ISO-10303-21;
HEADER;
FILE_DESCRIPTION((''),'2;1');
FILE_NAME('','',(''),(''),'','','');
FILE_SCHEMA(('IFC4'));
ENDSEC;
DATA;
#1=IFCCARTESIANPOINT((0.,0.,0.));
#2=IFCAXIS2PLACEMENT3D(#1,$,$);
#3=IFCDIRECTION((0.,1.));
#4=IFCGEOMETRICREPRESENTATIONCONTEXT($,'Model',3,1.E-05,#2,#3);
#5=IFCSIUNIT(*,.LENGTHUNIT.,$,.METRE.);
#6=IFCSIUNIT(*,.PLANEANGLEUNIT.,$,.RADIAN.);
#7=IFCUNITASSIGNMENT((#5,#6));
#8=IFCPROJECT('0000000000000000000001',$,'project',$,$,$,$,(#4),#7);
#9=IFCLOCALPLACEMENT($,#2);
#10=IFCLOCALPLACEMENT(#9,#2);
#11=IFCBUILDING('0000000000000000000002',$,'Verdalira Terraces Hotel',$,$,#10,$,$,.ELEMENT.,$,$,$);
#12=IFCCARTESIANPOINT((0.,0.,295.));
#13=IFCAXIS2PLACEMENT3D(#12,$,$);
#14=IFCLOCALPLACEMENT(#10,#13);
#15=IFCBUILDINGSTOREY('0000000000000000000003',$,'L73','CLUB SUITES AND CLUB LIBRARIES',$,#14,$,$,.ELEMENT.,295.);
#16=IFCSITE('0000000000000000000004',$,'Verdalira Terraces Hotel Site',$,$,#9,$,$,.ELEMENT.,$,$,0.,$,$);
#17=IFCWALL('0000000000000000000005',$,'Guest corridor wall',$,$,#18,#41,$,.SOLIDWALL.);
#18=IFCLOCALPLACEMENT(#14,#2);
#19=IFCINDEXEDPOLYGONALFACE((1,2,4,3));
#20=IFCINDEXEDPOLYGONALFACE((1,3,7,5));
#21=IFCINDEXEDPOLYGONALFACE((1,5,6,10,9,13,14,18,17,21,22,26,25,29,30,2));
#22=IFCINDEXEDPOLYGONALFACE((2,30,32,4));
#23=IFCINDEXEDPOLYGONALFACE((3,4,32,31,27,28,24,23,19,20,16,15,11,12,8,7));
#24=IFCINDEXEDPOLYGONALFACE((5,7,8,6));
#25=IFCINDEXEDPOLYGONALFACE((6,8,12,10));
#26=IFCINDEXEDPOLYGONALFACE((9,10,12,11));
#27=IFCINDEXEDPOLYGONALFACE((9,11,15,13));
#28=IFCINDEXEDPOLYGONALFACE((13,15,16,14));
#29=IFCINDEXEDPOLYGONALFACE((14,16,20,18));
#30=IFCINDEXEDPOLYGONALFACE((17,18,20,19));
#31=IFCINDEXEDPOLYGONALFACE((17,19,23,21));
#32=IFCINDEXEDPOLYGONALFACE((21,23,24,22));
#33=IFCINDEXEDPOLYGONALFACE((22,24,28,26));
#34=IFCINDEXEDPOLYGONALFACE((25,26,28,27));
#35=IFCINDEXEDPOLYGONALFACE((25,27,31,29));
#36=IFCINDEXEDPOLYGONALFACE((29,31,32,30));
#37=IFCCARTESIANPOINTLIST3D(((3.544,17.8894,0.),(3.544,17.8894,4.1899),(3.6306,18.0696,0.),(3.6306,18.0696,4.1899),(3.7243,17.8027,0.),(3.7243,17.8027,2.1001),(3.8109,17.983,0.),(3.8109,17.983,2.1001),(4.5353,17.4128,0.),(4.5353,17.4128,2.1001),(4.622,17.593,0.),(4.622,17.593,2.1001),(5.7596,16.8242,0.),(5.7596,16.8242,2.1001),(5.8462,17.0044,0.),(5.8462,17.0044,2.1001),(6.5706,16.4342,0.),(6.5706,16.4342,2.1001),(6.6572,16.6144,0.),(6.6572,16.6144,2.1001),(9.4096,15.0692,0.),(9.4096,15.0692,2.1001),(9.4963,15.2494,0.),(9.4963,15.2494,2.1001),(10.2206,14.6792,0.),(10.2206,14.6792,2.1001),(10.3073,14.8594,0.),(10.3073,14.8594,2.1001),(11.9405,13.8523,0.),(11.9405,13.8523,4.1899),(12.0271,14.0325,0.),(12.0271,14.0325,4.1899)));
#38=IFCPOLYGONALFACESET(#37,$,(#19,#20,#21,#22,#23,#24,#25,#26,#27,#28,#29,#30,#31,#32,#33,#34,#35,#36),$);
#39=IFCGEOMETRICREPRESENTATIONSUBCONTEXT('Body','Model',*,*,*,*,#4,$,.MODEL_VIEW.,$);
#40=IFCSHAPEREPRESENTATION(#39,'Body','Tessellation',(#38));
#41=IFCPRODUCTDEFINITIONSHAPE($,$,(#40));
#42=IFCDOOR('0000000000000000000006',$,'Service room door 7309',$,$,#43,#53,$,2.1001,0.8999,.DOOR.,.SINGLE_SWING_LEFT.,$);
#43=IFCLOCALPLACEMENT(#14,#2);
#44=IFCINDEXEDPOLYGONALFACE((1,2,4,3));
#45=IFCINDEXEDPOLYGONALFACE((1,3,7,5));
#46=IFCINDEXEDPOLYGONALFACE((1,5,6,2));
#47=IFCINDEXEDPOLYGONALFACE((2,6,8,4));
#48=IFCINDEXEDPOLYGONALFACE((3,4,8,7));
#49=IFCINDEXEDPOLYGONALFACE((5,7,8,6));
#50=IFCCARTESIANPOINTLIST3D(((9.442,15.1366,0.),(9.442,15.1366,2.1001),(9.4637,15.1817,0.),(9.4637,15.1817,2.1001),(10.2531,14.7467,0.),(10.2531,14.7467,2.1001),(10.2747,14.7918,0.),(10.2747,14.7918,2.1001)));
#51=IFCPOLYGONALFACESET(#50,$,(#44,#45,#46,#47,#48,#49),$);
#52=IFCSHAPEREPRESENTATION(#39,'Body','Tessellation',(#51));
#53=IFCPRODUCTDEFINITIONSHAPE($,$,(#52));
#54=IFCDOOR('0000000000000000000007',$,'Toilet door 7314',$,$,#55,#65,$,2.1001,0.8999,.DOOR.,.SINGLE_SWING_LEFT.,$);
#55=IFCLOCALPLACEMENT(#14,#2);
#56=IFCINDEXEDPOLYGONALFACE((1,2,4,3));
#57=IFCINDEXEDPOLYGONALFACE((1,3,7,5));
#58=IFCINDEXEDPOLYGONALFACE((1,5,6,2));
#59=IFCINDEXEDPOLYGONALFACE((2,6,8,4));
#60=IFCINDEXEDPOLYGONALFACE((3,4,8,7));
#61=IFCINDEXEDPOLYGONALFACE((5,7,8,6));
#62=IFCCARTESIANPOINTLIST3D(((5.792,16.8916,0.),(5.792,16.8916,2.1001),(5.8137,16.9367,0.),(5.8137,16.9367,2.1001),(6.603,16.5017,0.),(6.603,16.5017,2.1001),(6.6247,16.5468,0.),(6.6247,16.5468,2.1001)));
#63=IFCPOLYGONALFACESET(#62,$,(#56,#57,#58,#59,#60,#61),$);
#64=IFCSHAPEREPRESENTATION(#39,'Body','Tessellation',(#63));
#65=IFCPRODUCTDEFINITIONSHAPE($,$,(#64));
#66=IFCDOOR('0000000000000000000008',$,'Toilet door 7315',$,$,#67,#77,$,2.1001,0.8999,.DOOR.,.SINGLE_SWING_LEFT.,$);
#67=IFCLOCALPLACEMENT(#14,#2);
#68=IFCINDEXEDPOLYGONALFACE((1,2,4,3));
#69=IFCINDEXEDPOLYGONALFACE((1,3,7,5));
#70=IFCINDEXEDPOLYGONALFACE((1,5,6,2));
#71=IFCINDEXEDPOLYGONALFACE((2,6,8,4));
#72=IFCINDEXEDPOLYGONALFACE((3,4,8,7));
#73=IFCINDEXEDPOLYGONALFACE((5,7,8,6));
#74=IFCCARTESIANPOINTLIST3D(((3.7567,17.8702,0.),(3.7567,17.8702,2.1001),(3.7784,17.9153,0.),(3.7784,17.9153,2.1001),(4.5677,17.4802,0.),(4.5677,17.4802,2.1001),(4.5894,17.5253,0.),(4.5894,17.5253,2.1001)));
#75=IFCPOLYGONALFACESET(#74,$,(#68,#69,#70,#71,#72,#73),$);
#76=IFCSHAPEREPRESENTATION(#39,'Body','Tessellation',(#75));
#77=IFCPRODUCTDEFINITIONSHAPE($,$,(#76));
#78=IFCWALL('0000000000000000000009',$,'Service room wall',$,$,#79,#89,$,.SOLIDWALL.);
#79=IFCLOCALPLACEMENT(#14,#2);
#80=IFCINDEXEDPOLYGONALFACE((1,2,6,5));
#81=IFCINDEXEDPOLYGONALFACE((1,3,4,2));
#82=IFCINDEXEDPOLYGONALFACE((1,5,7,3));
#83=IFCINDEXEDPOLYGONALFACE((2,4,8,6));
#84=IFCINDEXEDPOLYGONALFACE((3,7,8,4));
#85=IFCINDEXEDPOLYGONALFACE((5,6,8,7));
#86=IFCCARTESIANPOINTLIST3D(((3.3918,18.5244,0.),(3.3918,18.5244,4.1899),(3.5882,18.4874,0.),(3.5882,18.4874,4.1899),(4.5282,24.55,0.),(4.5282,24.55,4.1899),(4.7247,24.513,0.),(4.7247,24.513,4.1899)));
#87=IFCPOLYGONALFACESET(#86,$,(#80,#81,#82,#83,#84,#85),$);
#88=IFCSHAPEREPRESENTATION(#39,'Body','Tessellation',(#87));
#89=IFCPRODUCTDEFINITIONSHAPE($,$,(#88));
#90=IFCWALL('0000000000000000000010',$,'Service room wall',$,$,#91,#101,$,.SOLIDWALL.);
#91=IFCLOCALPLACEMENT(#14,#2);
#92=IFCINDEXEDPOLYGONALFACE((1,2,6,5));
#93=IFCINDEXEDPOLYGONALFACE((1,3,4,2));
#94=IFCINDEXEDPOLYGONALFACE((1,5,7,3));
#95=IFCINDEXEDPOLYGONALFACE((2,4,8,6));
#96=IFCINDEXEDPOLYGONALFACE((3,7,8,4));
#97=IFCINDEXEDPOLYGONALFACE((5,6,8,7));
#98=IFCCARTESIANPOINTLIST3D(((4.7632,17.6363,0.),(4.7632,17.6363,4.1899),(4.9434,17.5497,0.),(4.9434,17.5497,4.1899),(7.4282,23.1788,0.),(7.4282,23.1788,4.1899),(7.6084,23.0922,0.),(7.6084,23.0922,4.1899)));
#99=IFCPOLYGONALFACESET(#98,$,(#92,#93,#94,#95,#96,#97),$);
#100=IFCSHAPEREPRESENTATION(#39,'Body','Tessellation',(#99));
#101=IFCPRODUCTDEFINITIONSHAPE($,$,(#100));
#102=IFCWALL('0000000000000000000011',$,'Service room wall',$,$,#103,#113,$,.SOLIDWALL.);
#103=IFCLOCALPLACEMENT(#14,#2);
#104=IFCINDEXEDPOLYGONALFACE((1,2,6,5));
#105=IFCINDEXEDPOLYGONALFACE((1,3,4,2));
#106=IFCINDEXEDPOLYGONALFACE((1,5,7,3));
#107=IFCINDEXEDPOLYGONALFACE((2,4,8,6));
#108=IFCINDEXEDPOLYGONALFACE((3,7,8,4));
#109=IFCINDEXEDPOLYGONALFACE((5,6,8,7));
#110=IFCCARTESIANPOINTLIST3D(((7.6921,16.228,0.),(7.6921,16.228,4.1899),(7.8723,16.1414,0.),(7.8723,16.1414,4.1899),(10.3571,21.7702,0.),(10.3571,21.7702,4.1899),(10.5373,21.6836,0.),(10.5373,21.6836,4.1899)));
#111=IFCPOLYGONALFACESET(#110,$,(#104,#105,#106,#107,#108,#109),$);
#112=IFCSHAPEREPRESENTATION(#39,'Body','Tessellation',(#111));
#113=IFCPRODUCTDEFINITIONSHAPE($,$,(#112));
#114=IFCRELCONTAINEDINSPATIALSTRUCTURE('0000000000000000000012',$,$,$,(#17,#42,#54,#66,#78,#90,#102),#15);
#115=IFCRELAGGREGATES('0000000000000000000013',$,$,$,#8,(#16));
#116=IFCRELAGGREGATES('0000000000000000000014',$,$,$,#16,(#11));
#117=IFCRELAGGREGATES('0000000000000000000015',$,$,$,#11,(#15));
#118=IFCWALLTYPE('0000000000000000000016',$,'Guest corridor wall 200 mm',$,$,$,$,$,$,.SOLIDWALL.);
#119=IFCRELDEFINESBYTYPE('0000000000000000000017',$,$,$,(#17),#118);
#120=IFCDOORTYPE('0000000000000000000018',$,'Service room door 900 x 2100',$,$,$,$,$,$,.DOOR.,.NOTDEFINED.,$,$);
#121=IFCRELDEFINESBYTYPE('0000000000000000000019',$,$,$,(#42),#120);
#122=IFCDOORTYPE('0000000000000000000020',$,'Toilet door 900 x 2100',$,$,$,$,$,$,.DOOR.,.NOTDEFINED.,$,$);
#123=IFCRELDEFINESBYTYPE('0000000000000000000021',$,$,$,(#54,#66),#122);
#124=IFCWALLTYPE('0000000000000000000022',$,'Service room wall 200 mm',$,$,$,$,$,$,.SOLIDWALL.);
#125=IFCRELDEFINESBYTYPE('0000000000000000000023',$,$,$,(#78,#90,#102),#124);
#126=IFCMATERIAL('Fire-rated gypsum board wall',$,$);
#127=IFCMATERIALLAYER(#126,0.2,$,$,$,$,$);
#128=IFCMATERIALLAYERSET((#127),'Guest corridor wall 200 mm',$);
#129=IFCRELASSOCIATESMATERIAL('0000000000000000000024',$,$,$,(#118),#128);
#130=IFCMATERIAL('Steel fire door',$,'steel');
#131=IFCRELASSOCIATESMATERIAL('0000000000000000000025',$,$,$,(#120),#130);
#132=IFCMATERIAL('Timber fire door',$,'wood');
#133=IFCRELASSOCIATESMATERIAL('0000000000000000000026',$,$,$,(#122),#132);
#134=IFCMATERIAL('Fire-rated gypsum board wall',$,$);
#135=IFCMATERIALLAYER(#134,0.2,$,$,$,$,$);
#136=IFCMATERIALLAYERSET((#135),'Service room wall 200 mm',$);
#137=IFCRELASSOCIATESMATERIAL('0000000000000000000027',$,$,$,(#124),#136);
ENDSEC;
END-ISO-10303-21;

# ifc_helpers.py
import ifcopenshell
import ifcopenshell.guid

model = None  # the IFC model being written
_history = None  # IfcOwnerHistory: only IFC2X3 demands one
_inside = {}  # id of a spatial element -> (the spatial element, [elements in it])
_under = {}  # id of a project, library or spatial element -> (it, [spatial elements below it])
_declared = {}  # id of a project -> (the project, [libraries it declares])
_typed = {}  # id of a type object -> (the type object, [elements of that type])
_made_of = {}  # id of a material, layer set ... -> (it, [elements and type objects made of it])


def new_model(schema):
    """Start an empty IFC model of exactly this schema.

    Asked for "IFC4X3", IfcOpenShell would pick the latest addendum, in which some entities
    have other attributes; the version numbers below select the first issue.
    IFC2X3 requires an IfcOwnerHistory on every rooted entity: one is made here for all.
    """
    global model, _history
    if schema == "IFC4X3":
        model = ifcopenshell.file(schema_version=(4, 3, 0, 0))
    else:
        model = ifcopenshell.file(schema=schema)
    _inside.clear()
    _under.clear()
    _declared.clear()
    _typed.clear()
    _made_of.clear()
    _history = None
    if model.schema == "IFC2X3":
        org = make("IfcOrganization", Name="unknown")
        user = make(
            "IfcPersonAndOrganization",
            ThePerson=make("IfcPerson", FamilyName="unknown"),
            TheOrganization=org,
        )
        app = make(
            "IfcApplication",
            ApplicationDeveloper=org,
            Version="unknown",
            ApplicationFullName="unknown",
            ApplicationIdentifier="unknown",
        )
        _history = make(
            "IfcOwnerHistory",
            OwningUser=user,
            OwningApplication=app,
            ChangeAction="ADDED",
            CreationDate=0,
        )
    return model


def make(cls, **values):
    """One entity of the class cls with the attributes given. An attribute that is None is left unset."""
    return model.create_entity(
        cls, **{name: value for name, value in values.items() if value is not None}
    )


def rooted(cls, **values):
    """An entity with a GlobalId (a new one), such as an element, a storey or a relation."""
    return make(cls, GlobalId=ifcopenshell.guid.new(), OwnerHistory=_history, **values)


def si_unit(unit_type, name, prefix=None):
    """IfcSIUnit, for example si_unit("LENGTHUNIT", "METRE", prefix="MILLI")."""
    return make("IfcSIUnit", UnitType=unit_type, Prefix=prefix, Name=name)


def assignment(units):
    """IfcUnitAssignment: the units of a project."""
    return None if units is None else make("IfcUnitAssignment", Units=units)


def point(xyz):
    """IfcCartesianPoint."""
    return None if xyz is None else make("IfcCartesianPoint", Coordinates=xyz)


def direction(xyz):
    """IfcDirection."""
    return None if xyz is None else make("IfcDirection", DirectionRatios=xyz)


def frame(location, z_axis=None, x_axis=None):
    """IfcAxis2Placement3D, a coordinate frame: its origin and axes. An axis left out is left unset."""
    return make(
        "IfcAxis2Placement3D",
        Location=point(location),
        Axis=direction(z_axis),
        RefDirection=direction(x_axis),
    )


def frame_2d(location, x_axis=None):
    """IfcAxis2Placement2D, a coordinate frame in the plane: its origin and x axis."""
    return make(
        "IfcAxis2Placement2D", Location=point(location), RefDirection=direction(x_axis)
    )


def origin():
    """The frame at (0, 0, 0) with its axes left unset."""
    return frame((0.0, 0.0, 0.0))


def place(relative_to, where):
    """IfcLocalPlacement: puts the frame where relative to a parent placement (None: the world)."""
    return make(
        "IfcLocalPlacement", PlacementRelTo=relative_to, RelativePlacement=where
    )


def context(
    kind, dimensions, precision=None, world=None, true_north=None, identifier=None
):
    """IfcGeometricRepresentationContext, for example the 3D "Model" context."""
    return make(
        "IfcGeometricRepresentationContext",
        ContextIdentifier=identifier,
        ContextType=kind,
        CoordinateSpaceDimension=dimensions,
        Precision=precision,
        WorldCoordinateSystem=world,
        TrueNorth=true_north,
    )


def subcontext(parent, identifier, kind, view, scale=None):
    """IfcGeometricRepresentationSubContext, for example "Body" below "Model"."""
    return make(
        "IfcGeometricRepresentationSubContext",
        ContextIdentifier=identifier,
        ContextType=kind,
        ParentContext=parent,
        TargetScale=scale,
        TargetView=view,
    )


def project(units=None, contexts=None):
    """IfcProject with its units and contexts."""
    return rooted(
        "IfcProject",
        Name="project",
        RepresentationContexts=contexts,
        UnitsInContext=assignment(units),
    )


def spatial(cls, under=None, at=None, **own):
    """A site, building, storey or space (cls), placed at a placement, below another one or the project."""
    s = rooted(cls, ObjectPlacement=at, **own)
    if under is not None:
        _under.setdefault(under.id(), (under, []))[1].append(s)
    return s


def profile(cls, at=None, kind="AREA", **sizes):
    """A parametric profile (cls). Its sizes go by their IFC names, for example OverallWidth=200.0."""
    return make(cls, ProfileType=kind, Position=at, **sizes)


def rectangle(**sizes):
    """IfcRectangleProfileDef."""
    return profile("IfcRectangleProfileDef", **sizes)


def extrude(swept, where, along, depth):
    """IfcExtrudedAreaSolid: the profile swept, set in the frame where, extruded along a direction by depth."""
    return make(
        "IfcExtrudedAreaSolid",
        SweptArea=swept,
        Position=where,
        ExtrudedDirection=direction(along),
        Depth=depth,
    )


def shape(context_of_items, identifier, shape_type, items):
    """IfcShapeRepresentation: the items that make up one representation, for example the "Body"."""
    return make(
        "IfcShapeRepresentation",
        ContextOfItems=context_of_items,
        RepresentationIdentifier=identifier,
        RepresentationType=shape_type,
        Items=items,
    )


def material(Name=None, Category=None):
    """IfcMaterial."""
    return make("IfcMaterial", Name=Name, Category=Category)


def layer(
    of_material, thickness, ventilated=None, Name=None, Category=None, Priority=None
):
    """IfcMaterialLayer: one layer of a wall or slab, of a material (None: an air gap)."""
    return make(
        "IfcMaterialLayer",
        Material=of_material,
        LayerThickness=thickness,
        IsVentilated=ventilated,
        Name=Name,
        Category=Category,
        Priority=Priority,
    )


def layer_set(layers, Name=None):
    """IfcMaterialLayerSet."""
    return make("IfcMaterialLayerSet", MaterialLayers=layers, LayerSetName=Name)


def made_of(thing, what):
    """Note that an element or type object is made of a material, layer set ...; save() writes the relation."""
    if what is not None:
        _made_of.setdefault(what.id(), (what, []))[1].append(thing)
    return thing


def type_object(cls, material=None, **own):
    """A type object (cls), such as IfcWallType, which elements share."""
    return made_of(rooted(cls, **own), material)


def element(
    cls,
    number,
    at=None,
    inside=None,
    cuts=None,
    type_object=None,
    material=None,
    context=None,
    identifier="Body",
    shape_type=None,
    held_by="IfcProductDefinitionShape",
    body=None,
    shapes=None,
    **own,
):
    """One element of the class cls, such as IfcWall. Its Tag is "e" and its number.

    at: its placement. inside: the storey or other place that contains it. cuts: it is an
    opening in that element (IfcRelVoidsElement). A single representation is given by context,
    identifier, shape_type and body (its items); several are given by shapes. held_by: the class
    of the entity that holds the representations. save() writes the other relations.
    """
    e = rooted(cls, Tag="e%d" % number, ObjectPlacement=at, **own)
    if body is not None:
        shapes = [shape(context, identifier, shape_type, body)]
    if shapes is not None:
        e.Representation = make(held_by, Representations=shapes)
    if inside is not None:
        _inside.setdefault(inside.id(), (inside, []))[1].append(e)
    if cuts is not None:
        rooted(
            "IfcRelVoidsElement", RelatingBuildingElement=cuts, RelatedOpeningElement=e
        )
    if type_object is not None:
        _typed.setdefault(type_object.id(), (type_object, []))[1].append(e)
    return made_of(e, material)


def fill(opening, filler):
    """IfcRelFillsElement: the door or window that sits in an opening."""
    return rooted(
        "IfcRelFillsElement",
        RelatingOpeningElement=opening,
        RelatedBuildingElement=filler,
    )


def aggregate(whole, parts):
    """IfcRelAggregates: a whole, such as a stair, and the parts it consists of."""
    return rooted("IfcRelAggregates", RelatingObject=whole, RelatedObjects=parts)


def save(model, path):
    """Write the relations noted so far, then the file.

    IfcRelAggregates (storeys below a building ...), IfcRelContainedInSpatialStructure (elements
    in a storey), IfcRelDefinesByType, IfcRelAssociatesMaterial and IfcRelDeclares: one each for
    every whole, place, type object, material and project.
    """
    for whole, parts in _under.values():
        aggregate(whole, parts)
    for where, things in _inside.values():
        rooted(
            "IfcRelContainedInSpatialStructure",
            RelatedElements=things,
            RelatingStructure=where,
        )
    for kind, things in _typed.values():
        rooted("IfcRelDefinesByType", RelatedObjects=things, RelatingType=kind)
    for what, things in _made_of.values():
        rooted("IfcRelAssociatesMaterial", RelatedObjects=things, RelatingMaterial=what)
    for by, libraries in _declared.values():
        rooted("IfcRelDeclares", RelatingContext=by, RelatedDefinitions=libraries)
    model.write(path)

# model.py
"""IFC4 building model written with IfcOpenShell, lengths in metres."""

from ifc_helpers import new_model, si_unit, direction, frame, frame_2d, origin, place, context, subcontext, project, spatial, rectangle, extrude, material, layer, layer_set, type_object, element, fill, save


model = new_model("IFC4")

# Units and contexts
model_context = context("Model", 3, precision=1e-05, world=origin(), true_north=direction((0.0, 1.0)))
body_context = subcontext(model_context, "Body", "Model", "MODEL_VIEW")
ifc_project = project(units=[si_unit("LENGTHUNIT", "METRE"), si_unit("PLANEANGLEUNIT", "RADIAN")], contexts=[model_context])

# Site, building, storey
site_placement = place(None, origin())
site = spatial("IfcSite", under=ifc_project, at=site_placement, Name="Verdalira Terraces Hotel Site", CompositionType="ELEMENT", RefElevation=0.0)
building_placement = place(site_placement, origin())
building = spatial("IfcBuilding", under=site, at=building_placement, Name="Verdalira Terraces Hotel", CompositionType="ELEMENT")
storey_placement = place(building_placement, frame((0.0, 0.0, 295.0)))
storey = spatial("IfcBuildingStorey", under=building, at=storey_placement, Name="L73", Description="CLUB SUITES AND CLUB LIBRARIES", CompositionType="ELEMENT", Elevation=295.0)

# Wall, openings, doors
ifc_material_1 = material(Name="Fire-rated gypsum board wall")
ifc_layer_1 = layer(ifc_material_1, 0.2)
ifc_layer_set_1 = layer_set([ifc_layer_1], Name="Guest corridor wall 200 mm")
wall_type_1 = type_object("IfcWallType", Name="Guest corridor wall 200 mm", PredefinedType="SOLIDWALL", material=ifc_layer_set_1)
wall_1_placement = place(storey_placement, frame((3.5874, 17.9795, 0.0), z_axis=(0.0, 0.0, 1.0), x_axis=(0.901238, -0.433324, 0.0)))
wall_1 = element("IfcWall", 1, at=wall_1_placement, inside=storey, type_object=wall_type_1, Name="Guest corridor wall", PredefinedType="SOLIDWALL", context=body_context, shape_type="SweptSolid", body=[
    extrude(rectangle(XDim=9.3166, YDim=0.2, at=frame_2d((4.6582, 0.0))), origin(), (0.0, 0.0, 1.0), 4.1899),
])
opening_1_placement = place(wall_1_placement, frame((6.5083, 0.0, 0.0)))
opening_1 = element("IfcOpeningElement", 2, at=opening_1_placement, cuts=wall_1, PredefinedType="OPENING", context=body_context, shape_type="SweptSolid", body=[
    extrude(rectangle(XDim=0.8999, YDim=2.1001, at=frame_2d((0.45, 1.05))), frame((0.0, 0.1099, 0.0), z_axis=(0.0, -1.0, 0.0), x_axis=(1.0, 0.0, 0.0)), (0.0, 0.0, 1.0), 0.22),
])
opening_2_placement = place(wall_1_placement, frame((2.4583, 0.0, 0.0)))
opening_2 = element("IfcOpeningElement", 3, at=opening_2_placement, cuts=wall_1, PredefinedType="OPENING", context=body_context, shape_type="SweptSolid", body=[
    extrude(rectangle(XDim=0.8999, YDim=2.1001, at=frame_2d((0.45, 1.05))), frame((0.0, 0.1099, 0.0), z_axis=(0.0, -1.0, 0.0), x_axis=(1.0, 0.0, 0.0)), (0.0, 0.0, 1.0), 0.22),
])
opening_3_placement = place(wall_1_placement, frame((0.2, 0.0, 0.0)))
opening_3 = element("IfcOpeningElement", 4, at=opening_3_placement, cuts=wall_1, PredefinedType="OPENING", context=body_context, shape_type="SweptSolid", body=[
    extrude(rectangle(XDim=0.8999, YDim=2.1001, at=frame_2d((0.45, 1.05))), frame((0.0, 0.1099, 0.0), z_axis=(0.0, -1.0, 0.0), x_axis=(1.0, 0.0, 0.0)), (0.0, 0.0, 1.0), 0.22),
])
ifc_material_2 = material(Name="Steel fire door", Category="steel")
door_type_1 = type_object("IfcDoorType", Name="Service room door 900 x 2100", OperationType="NOTDEFINED", PredefinedType="DOOR", material=ifc_material_2)
door_1_placement = place(opening_1_placement, origin())
door_1 = element("IfcDoor", 5, at=door_1_placement, inside=storey, type_object=door_type_1, Name="Service room door 7309", OperationType="SINGLE_SWING_LEFT", OverallHeight=2.1001, OverallWidth=0.8999, PredefinedType="DOOR", context=body_context, shape_type="SweptSolid", body=[
    extrude(rectangle(XDim=0.8999, YDim=2.1001, at=frame_2d((0.45, 1.05))), frame((0.0, 0.0249, 0.0), z_axis=(0.0, -1.0, 0.0), x_axis=(1.0, 0.0, 0.0)), (0.0, 0.0, 1.0), 0.05),
])
fill(opening_1, door_1)
ifc_material_3 = material(Name="Timber fire door", Category="wood")
door_type_2 = type_object("IfcDoorType", Name="Toilet door 900 x 2100", OperationType="NOTDEFINED", PredefinedType="DOOR", material=ifc_material_3)
door_2_placement = place(opening_2_placement, origin())
door_2 = element("IfcDoor", 6, at=door_2_placement, inside=storey, type_object=door_type_2, Name="Toilet door 7314", OperationType="SINGLE_SWING_LEFT", OverallHeight=2.1001, OverallWidth=0.8999, PredefinedType="DOOR", context=body_context, shape_type="SweptSolid", body=[
    extrude(rectangle(XDim=0.8999, YDim=2.1001, at=frame_2d((0.45, 1.05))), frame((0.0, 0.0249, 0.0), z_axis=(0.0, -1.0, 0.0), x_axis=(1.0, 0.0, 0.0)), (0.0, 0.0, 1.0), 0.05),
])
fill(opening_2, door_2)
door_3_placement = place(opening_3_placement, origin())
door_3 = element("IfcDoor", 7, at=door_3_placement, inside=storey, type_object=door_type_2, Name="Toilet door 7315", OperationType="SINGLE_SWING_LEFT", OverallHeight=2.1001, OverallWidth=0.8999, PredefinedType="DOOR", context=body_context, shape_type="SweptSolid", body=[
    extrude(rectangle(XDim=0.8999, YDim=2.1001, at=frame_2d((0.45, 1.05))), frame((0.0, 0.0249, 0.0), z_axis=(0.0, -1.0, 0.0), x_axis=(1.0, 0.0, 0.0)), (0.0, 0.0, 1.0), 0.05),
])
fill(opening_3, door_3)

# Walls
ifc_material_4 = material(Name="Fire-rated gypsum board wall")
ifc_layer_2 = layer(ifc_material_4, 0.2)
ifc_layer_set_2 = layer_set([ifc_layer_2], Name="Service room wall 200 mm")
wall_type_2 = type_object("IfcWallType", Name="Service room wall 200 mm", PredefinedType="SOLIDWALL", material=ifc_layer_set_2)
wall_2_placement = place(storey_placement, frame((4.6265, 24.5315, 0.0), z_axis=(0.0, 0.0, 1.0), x_axis=(-0.185339, -0.982675, 0.0)))
element("IfcWall", 8, at=wall_2_placement, inside=storey, type_object=wall_type_2, Name="Service room wall", PredefinedType="SOLIDWALL", context=body_context, shape_type="SweptSolid", body=[
    extrude(rectangle(XDim=6.1318, YDim=0.2, at=frame_2d((3.0659, 0.0))), origin(), (0.0, 0.0, 1.0), 4.1899),
])
wall_3_placement = place(storey_placement, frame((4.8533, 17.593, 0.0), z_axis=(0.0, 0.0, 1.0), x_axis=(0.433345, 0.901228, 0.0)))
element("IfcWall", 9, at=wall_3_placement, inside=storey, type_object=wall_type_2, Name="Service room wall", PredefinedType="SOLIDWALL", context=body_context, shape_type="SweptSolid", body=[
    extrude(rectangle(XDim=6.1499, YDim=0.2, at=frame_2d((3.075, 0.0))), origin(), (0.0, 0.0, 1.0), 4.1899),
])
wall_4_placement = place(storey_placement, frame((7.7822, 16.1848, 0.0), z_axis=(0.0, 0.0, 1.0), x_axis=(0.433361, 0.901221, 0.0)))
element("IfcWall", 10, at=wall_4_placement, inside=storey, type_object=wall_type_2, Name="Service room wall", PredefinedType="SOLIDWALL", context=body_context, shape_type="SweptSolid", body=[
    extrude(rectangle(XDim=6.1497, YDim=0.2, at=frame_2d((3.0747, 0.0))), origin(), (0.0, 0.0, 1.0), 4.1899),
])

save(model, "model.ifc")
